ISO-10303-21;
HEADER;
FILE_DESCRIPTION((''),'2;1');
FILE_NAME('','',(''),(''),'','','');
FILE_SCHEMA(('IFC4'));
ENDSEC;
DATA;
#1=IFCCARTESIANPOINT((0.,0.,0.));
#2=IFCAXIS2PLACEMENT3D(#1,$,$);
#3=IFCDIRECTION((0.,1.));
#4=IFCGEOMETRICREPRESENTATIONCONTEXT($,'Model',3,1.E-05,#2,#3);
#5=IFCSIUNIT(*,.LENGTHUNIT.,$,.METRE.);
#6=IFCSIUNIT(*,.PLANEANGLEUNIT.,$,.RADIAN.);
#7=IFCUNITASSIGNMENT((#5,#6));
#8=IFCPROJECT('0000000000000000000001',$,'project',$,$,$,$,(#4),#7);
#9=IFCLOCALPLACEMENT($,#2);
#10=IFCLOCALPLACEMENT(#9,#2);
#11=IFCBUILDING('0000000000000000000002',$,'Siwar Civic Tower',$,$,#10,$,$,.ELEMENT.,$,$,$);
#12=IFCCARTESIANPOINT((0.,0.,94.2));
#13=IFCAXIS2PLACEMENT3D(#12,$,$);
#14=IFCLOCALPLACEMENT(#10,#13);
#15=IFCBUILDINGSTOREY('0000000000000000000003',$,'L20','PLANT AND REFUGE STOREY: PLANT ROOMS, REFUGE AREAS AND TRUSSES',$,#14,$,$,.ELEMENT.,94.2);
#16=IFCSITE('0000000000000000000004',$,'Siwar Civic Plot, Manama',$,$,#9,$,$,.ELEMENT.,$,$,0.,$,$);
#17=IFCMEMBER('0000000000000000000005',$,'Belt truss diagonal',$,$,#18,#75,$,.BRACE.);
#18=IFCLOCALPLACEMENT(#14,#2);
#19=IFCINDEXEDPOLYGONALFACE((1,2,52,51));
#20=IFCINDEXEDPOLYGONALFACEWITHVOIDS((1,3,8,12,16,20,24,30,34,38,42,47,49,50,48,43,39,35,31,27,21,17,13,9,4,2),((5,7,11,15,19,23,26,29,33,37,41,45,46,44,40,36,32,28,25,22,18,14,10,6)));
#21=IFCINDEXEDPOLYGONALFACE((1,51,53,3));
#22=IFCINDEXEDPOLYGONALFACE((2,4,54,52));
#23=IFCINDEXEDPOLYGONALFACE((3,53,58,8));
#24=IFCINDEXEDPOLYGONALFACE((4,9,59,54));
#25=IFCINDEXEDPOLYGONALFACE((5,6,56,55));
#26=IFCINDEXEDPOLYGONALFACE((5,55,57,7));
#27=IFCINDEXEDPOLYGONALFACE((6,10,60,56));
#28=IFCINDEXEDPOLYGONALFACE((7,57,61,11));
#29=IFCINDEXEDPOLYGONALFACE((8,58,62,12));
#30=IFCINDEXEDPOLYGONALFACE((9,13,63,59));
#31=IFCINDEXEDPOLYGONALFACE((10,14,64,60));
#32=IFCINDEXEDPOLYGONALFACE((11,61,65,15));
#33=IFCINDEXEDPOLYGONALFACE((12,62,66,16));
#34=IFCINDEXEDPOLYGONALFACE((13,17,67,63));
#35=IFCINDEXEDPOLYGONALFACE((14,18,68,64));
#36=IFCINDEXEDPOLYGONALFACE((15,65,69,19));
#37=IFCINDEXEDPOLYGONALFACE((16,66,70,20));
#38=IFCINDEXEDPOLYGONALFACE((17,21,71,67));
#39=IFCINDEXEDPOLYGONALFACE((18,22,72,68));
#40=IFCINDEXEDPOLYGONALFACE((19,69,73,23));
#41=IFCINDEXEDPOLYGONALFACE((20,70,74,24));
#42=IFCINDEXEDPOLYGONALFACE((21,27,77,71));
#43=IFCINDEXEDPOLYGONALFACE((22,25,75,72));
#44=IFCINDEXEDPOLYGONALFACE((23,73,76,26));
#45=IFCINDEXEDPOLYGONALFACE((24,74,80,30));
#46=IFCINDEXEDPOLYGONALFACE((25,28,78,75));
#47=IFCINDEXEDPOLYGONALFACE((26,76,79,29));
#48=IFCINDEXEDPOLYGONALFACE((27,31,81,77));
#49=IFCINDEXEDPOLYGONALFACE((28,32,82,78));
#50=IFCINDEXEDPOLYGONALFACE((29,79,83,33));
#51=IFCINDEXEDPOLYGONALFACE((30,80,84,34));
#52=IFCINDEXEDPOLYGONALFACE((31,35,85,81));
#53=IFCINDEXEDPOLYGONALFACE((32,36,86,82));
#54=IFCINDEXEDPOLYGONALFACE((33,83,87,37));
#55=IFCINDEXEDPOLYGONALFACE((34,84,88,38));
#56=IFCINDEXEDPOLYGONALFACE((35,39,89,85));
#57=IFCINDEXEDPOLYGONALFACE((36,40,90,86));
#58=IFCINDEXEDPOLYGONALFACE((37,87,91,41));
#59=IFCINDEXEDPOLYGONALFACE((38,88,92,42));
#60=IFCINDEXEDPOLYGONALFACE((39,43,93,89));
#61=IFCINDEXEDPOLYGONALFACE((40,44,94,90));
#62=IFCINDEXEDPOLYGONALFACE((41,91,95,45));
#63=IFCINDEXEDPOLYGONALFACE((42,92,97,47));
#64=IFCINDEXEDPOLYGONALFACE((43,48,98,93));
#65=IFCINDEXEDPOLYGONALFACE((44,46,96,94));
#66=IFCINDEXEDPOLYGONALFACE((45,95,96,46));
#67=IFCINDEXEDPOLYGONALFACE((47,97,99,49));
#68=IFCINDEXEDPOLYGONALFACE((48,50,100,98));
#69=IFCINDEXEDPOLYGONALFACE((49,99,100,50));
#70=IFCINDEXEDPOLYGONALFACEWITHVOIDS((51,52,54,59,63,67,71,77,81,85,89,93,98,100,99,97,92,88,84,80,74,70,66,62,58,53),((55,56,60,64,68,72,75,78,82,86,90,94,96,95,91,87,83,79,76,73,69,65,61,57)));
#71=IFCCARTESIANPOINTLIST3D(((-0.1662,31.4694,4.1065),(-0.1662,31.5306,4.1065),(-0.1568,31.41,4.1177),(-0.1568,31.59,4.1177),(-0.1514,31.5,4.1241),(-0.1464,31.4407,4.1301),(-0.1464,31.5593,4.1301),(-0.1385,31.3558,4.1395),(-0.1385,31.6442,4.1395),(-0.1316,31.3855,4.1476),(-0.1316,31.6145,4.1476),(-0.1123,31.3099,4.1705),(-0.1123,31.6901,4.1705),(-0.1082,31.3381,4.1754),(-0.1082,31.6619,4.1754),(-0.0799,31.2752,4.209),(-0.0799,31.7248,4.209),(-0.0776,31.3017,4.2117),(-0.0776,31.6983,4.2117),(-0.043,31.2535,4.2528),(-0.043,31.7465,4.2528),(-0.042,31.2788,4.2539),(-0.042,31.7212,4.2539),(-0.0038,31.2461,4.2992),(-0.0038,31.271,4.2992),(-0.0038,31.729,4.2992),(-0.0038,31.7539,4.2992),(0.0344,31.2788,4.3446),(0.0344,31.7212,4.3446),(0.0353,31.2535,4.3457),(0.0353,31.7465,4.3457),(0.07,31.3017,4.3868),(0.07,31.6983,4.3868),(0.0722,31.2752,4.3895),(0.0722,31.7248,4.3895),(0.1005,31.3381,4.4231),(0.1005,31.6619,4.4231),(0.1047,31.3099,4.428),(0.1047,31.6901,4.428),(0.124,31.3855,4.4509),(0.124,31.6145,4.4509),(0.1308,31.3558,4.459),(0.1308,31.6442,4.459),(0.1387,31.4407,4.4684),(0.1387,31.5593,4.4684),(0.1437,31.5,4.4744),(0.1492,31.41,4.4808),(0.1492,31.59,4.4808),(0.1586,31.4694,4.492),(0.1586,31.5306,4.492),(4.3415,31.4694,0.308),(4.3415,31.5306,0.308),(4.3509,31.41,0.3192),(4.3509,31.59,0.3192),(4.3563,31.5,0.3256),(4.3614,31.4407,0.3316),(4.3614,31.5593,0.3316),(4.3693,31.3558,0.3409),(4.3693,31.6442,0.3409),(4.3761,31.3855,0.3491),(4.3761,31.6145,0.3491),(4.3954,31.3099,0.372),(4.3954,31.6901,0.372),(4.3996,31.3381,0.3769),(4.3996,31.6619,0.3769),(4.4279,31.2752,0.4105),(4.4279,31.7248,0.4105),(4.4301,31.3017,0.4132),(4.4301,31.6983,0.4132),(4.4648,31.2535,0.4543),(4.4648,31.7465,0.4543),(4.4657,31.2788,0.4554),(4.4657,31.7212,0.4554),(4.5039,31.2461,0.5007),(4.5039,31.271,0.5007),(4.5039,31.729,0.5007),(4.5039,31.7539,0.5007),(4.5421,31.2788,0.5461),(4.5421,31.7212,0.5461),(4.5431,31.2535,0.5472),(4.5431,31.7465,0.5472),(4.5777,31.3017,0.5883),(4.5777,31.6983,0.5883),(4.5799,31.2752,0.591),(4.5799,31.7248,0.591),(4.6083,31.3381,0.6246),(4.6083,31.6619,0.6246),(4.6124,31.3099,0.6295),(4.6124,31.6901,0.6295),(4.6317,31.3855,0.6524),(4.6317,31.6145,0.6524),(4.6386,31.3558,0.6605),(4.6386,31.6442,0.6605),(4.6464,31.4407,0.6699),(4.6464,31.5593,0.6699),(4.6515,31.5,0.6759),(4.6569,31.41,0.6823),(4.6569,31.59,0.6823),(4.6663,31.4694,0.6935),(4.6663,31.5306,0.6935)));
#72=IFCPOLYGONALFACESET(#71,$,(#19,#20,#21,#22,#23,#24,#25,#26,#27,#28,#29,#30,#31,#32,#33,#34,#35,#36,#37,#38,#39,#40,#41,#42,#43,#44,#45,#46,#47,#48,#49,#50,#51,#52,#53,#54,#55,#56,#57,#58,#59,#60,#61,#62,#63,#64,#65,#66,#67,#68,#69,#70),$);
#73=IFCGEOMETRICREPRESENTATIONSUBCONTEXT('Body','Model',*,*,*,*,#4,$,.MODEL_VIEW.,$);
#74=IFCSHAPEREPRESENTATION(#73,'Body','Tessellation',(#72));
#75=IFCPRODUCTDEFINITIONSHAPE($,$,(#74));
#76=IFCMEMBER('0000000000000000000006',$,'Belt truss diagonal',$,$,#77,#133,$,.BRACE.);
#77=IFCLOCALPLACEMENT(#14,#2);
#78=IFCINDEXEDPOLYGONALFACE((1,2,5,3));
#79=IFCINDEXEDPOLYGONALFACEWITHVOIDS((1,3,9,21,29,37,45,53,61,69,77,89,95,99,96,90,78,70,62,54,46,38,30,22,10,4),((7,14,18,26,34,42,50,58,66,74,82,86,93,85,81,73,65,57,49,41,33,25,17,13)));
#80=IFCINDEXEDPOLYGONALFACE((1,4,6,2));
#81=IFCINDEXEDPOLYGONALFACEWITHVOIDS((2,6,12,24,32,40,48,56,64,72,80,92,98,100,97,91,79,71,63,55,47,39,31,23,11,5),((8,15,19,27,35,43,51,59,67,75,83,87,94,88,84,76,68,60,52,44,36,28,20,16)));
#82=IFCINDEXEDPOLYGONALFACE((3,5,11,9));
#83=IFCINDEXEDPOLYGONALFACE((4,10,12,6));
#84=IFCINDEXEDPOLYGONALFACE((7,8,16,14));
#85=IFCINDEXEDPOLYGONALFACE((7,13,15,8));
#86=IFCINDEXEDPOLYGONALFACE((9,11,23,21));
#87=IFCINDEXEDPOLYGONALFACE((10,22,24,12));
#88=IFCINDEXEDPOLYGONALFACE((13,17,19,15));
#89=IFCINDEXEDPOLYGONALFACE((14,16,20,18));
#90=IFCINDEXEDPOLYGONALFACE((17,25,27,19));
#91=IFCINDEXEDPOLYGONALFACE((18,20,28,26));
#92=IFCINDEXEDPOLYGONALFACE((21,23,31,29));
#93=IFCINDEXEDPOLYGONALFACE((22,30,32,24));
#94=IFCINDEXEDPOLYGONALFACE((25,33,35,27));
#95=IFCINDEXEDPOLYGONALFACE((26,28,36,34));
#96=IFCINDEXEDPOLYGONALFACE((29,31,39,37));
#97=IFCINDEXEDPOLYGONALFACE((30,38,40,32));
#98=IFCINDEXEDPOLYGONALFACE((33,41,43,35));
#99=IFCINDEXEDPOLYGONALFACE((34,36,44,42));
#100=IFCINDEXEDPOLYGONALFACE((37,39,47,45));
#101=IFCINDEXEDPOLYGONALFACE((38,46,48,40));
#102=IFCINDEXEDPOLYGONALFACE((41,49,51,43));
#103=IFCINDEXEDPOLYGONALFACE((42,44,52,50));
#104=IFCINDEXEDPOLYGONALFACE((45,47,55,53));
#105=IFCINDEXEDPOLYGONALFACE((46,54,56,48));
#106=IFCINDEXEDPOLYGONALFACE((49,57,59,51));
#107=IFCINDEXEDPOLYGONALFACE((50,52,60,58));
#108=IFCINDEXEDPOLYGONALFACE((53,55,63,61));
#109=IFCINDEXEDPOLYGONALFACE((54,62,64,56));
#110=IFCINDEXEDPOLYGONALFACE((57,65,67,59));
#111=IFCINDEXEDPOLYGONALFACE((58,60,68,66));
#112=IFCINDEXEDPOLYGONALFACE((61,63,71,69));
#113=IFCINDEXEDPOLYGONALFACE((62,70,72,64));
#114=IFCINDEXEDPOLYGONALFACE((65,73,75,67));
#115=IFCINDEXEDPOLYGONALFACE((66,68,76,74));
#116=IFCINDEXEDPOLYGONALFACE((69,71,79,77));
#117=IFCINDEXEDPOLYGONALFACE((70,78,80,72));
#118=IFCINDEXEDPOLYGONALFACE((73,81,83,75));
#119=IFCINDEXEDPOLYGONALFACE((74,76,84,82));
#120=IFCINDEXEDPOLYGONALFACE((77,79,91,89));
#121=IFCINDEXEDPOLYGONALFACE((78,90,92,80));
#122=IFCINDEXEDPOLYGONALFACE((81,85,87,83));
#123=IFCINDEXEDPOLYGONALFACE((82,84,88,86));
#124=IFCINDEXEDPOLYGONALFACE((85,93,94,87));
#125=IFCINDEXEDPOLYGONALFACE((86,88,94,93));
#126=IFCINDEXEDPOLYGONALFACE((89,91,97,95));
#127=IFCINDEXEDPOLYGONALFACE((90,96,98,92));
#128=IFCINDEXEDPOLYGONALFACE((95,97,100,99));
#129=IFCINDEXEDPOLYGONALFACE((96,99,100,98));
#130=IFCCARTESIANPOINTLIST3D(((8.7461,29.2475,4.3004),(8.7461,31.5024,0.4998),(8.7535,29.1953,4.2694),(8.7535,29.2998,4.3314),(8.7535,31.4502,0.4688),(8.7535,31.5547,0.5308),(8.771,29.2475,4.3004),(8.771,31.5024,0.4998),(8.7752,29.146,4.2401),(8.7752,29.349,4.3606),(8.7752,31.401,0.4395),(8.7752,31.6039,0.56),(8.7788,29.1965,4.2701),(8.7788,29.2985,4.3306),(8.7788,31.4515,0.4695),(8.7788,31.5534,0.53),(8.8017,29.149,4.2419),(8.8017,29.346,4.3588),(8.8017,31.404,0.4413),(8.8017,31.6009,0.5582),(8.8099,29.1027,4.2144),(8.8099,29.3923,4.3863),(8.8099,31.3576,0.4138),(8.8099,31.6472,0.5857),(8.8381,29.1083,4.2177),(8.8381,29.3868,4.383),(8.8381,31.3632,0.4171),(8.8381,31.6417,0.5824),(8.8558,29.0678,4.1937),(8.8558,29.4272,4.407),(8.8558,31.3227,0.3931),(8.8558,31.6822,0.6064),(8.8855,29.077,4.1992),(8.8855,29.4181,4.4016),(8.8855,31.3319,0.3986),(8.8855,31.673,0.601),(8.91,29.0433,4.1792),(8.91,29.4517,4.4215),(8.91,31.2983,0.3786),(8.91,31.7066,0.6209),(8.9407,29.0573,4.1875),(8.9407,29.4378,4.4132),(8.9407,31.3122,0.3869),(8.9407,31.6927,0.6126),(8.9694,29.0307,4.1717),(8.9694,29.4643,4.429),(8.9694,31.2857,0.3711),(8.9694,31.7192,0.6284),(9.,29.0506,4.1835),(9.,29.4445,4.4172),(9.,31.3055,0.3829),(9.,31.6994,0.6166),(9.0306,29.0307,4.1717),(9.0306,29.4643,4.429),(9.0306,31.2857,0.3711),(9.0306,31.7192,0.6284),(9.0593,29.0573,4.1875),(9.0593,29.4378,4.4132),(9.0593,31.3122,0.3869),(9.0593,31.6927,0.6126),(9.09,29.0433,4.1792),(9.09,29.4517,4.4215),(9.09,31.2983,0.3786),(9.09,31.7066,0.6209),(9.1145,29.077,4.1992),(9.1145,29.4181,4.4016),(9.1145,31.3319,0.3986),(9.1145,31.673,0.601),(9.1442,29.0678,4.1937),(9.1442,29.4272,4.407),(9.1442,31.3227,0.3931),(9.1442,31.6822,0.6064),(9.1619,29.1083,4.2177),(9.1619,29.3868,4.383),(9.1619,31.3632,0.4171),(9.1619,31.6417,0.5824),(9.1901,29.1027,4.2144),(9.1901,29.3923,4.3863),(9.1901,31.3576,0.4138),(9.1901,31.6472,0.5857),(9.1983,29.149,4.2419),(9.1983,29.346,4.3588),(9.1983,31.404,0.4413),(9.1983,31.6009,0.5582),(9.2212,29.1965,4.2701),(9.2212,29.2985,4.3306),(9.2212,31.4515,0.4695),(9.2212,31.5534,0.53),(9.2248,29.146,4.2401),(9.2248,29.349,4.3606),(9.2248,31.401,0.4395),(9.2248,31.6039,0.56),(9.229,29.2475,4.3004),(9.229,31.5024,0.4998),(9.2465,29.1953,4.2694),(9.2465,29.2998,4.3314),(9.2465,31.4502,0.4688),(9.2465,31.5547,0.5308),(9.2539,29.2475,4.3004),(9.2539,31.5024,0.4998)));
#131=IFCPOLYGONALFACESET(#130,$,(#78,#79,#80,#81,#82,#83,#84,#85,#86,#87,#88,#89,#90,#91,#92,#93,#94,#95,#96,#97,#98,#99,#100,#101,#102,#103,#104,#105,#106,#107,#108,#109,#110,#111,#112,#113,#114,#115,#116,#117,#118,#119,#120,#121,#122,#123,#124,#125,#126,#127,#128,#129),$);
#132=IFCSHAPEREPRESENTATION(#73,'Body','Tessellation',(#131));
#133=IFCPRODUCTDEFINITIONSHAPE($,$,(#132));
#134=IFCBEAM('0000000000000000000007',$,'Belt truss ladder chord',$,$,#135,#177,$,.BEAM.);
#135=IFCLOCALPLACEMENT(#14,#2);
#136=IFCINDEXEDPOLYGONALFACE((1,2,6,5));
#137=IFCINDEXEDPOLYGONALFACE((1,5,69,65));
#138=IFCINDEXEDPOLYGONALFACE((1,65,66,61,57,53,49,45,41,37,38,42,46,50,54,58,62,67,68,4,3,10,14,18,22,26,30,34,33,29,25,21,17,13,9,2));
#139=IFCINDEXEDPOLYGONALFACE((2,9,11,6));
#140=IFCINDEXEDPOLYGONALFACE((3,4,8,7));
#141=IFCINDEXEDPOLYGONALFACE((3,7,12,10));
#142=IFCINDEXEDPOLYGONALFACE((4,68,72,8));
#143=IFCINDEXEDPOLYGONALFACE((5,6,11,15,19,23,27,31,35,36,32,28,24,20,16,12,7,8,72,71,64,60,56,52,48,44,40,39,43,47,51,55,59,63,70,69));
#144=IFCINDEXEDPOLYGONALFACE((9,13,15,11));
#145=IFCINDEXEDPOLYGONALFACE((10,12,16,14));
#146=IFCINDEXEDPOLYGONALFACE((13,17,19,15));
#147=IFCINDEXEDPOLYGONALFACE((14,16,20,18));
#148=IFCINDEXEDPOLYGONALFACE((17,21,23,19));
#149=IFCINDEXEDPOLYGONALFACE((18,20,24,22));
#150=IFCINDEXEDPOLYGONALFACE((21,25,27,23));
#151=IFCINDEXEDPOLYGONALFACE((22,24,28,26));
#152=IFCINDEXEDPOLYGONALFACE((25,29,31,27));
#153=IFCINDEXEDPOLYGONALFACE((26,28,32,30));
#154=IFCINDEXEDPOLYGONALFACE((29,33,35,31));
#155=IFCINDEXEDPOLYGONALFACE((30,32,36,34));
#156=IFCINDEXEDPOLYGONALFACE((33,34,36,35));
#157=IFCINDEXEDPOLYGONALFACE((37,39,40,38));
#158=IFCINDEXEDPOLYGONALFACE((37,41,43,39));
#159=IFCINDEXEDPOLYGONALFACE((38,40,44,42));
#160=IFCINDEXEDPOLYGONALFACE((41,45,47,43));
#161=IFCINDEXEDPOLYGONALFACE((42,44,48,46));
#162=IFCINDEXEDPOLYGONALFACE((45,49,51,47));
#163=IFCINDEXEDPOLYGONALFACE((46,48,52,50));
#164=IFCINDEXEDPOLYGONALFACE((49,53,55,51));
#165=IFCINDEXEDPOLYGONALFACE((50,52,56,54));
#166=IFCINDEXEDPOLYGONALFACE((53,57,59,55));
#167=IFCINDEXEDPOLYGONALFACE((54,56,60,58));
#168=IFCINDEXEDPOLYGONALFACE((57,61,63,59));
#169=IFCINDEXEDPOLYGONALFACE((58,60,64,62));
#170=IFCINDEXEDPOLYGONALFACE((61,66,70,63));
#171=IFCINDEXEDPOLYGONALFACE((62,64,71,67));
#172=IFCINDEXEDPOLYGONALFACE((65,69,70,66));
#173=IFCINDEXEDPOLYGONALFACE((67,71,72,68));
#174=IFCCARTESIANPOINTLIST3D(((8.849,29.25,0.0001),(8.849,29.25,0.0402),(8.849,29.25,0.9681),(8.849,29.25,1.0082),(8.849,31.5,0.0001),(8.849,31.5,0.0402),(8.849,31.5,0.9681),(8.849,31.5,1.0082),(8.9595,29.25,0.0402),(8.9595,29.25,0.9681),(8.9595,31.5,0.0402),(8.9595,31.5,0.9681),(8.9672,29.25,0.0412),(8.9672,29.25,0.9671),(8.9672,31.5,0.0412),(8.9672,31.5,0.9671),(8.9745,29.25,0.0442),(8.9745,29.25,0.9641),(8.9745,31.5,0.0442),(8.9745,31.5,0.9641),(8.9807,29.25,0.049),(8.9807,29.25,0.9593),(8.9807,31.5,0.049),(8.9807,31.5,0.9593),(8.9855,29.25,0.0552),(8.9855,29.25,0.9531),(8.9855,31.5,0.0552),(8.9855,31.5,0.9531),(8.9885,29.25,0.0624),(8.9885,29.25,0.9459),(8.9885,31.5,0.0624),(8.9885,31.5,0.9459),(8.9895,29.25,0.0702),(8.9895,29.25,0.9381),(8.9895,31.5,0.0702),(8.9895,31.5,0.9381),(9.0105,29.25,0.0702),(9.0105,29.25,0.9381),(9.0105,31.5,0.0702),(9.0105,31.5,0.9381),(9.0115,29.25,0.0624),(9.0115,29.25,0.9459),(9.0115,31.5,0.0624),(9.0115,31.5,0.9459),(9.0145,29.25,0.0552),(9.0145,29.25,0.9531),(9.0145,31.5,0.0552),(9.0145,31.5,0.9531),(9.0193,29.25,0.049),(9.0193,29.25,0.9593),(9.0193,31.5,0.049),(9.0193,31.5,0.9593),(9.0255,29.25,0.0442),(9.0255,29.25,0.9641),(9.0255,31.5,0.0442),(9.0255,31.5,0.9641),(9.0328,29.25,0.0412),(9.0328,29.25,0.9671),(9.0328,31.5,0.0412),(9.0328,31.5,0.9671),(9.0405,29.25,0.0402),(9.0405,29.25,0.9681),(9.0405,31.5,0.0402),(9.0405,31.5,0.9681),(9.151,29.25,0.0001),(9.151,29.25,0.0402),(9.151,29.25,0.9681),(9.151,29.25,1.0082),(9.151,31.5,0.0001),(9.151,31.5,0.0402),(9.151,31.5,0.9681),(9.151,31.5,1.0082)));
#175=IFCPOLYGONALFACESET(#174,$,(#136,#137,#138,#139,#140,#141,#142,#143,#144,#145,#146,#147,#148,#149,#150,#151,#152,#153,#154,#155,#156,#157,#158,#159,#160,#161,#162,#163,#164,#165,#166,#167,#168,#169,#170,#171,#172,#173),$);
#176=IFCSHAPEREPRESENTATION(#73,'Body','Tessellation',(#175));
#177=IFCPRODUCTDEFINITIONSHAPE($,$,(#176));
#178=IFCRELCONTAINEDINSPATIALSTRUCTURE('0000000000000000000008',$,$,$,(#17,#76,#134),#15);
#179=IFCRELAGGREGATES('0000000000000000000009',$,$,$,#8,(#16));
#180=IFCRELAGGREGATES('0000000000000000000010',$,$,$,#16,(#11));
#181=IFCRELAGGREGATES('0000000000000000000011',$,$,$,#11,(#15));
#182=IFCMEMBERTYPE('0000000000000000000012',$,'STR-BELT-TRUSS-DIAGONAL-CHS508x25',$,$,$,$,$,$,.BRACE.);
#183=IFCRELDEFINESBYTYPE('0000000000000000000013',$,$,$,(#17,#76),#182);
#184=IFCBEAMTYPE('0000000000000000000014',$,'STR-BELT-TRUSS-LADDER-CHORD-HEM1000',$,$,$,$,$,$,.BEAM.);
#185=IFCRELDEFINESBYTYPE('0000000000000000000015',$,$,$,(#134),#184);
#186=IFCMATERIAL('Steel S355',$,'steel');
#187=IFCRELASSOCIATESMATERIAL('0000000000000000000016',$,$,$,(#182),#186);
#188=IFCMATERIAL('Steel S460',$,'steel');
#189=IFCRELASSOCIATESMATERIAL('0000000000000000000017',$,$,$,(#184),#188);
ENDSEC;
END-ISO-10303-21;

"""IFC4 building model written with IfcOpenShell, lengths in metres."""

from ifc_helpers import new_model, si_unit, direction, frame, origin, origin_2d, place, context, subcontext, project, spatial, hollow_circle, i_section, extrude, material, material_profile, profile_set, type_object, element, save


model = new_model("IFC4")

# Units and contexts
model_context = context("Model", 3, precision=1e-05, world=origin(), true_north=direction((0.0, 1.0)))
body_context = subcontext(model_context, "Body", "Model", "MODEL_VIEW")
ifc_project = project(units=[si_unit("LENGTHUNIT", "METRE"), si_unit("PLANEANGLEUNIT", "RADIAN")], contexts=[model_context])

# Site, building, storey
site_placement = place(None, origin())
site = spatial("IfcSite", under=ifc_project, at=site_placement, Name="Siwar Civic Plot, Manama", CompositionType="ELEMENT", RefElevation=0.0)
building_placement = place(site_placement, origin())
building = spatial("IfcBuilding", under=site, at=building_placement, Name="Siwar Civic Tower", CompositionType="ELEMENT")
storey_placement = place(building_placement, frame((0.0, 0.0, 94.2)))
storey = spatial("IfcBuildingStorey", under=building, at=storey_placement, Name="L20", Description="PLANT AND REFUGE STOREY: PLANT ROOMS, REFUGE AREAS AND TRUSSES", CompositionType="ELEMENT", Elevation=94.2)

# Members
ifc_material_1 = material(Name="Steel S355", Category="steel")
ifc_material_profile_1 = material_profile(ifc_material_1, hollow_circle(Radius=0.2539, WallThickness=0.0249, at=origin_2d()), Name="CHS508x25")
ifc_profile_set_1 = profile_set([ifc_material_profile_1], Name="Steel S355")
member_type_1 = type_object("IfcMemberType", Name="STR-BELT-TRUSS-DIAGONAL-CHS508x25", PredefinedType="BRACE", material=ifc_profile_set_1)
for number, where, z_axis, x_axis, name in (
    (1, (4.5039, 31.5, 0.5007), (-0.7647, 0.0, 0.644387), (0.0, -1.0, 0.0), "Belt truss diagonal"),
):
    element("IfcMember", number, at=place(storey_placement, frame(where, z_axis=z_axis, x_axis=x_axis)), inside=storey, type_object=member_type_1, Name=name, PredefinedType="BRACE", context=body_context, shape_type="SweptSolid", body=[
        extrude(hollow_circle(Radius=0.2539, WallThickness=0.0249, at=origin_2d()), origin(), (0.0, 0.0, 1.0), 5.8948),
    ])
member_1_placement = place(storey_placement, frame((9.0, 31.5024, 0.4998), z_axis=(0.0, -0.510257, 0.860022), x_axis=(1.0, 0.0, 0.0)))
element("IfcMember", 2, at=member_1_placement, inside=storey, type_object=member_type_1, Name="Belt truss diagonal", PredefinedType="BRACE", context=body_context, shape_type="SweptSolid", body=[
    extrude(hollow_circle(Radius=0.2539, WallThickness=0.0249, at=origin_2d()), origin(), (0.0, 0.0, 1.0), 4.4192),
])

# Beam
ifc_material_2 = material(Name="Steel S460", Category="steel")
ifc_material_profile_2 = material_profile(ifc_material_2, i_section(OverallWidth=0.302, OverallDepth=1.0081, WebThickness=0.021, FlangeThickness=0.04, FilletRadius=0.03, at=origin_2d()), Name="HEM1000")
ifc_profile_set_2 = profile_set([ifc_material_profile_2], Name="Steel S460")
beam_type_1 = type_object("IfcBeamType", Name="STR-BELT-TRUSS-LADDER-CHORD-HEM1000", PredefinedType="BEAM", material=ifc_profile_set_2)
for number, where, z_axis, x_axis, name in (
    (3, (9.0, 29.25, 0.5042), (0.0, 1.0, 0.0), (-1.0, 0.0, 0.0), "Belt truss ladder chord"),
):
    element("IfcBeam", number, at=place(storey_placement, frame(where, z_axis=z_axis, x_axis=x_axis)), inside=storey, type_object=beam_type_1, Name=name, PredefinedType="BEAM", context=body_context, shape_type="SweptSolid", body=[
        extrude(i_section(OverallWidth=0.302, OverallDepth=1.0081, WebThickness=0.021, FlangeThickness=0.04, FilletRadius=0.03, at=origin_2d()), origin(), (0.0, 0.0, 1.0), 2.25),
    ])

save(model, "model.ifc")
